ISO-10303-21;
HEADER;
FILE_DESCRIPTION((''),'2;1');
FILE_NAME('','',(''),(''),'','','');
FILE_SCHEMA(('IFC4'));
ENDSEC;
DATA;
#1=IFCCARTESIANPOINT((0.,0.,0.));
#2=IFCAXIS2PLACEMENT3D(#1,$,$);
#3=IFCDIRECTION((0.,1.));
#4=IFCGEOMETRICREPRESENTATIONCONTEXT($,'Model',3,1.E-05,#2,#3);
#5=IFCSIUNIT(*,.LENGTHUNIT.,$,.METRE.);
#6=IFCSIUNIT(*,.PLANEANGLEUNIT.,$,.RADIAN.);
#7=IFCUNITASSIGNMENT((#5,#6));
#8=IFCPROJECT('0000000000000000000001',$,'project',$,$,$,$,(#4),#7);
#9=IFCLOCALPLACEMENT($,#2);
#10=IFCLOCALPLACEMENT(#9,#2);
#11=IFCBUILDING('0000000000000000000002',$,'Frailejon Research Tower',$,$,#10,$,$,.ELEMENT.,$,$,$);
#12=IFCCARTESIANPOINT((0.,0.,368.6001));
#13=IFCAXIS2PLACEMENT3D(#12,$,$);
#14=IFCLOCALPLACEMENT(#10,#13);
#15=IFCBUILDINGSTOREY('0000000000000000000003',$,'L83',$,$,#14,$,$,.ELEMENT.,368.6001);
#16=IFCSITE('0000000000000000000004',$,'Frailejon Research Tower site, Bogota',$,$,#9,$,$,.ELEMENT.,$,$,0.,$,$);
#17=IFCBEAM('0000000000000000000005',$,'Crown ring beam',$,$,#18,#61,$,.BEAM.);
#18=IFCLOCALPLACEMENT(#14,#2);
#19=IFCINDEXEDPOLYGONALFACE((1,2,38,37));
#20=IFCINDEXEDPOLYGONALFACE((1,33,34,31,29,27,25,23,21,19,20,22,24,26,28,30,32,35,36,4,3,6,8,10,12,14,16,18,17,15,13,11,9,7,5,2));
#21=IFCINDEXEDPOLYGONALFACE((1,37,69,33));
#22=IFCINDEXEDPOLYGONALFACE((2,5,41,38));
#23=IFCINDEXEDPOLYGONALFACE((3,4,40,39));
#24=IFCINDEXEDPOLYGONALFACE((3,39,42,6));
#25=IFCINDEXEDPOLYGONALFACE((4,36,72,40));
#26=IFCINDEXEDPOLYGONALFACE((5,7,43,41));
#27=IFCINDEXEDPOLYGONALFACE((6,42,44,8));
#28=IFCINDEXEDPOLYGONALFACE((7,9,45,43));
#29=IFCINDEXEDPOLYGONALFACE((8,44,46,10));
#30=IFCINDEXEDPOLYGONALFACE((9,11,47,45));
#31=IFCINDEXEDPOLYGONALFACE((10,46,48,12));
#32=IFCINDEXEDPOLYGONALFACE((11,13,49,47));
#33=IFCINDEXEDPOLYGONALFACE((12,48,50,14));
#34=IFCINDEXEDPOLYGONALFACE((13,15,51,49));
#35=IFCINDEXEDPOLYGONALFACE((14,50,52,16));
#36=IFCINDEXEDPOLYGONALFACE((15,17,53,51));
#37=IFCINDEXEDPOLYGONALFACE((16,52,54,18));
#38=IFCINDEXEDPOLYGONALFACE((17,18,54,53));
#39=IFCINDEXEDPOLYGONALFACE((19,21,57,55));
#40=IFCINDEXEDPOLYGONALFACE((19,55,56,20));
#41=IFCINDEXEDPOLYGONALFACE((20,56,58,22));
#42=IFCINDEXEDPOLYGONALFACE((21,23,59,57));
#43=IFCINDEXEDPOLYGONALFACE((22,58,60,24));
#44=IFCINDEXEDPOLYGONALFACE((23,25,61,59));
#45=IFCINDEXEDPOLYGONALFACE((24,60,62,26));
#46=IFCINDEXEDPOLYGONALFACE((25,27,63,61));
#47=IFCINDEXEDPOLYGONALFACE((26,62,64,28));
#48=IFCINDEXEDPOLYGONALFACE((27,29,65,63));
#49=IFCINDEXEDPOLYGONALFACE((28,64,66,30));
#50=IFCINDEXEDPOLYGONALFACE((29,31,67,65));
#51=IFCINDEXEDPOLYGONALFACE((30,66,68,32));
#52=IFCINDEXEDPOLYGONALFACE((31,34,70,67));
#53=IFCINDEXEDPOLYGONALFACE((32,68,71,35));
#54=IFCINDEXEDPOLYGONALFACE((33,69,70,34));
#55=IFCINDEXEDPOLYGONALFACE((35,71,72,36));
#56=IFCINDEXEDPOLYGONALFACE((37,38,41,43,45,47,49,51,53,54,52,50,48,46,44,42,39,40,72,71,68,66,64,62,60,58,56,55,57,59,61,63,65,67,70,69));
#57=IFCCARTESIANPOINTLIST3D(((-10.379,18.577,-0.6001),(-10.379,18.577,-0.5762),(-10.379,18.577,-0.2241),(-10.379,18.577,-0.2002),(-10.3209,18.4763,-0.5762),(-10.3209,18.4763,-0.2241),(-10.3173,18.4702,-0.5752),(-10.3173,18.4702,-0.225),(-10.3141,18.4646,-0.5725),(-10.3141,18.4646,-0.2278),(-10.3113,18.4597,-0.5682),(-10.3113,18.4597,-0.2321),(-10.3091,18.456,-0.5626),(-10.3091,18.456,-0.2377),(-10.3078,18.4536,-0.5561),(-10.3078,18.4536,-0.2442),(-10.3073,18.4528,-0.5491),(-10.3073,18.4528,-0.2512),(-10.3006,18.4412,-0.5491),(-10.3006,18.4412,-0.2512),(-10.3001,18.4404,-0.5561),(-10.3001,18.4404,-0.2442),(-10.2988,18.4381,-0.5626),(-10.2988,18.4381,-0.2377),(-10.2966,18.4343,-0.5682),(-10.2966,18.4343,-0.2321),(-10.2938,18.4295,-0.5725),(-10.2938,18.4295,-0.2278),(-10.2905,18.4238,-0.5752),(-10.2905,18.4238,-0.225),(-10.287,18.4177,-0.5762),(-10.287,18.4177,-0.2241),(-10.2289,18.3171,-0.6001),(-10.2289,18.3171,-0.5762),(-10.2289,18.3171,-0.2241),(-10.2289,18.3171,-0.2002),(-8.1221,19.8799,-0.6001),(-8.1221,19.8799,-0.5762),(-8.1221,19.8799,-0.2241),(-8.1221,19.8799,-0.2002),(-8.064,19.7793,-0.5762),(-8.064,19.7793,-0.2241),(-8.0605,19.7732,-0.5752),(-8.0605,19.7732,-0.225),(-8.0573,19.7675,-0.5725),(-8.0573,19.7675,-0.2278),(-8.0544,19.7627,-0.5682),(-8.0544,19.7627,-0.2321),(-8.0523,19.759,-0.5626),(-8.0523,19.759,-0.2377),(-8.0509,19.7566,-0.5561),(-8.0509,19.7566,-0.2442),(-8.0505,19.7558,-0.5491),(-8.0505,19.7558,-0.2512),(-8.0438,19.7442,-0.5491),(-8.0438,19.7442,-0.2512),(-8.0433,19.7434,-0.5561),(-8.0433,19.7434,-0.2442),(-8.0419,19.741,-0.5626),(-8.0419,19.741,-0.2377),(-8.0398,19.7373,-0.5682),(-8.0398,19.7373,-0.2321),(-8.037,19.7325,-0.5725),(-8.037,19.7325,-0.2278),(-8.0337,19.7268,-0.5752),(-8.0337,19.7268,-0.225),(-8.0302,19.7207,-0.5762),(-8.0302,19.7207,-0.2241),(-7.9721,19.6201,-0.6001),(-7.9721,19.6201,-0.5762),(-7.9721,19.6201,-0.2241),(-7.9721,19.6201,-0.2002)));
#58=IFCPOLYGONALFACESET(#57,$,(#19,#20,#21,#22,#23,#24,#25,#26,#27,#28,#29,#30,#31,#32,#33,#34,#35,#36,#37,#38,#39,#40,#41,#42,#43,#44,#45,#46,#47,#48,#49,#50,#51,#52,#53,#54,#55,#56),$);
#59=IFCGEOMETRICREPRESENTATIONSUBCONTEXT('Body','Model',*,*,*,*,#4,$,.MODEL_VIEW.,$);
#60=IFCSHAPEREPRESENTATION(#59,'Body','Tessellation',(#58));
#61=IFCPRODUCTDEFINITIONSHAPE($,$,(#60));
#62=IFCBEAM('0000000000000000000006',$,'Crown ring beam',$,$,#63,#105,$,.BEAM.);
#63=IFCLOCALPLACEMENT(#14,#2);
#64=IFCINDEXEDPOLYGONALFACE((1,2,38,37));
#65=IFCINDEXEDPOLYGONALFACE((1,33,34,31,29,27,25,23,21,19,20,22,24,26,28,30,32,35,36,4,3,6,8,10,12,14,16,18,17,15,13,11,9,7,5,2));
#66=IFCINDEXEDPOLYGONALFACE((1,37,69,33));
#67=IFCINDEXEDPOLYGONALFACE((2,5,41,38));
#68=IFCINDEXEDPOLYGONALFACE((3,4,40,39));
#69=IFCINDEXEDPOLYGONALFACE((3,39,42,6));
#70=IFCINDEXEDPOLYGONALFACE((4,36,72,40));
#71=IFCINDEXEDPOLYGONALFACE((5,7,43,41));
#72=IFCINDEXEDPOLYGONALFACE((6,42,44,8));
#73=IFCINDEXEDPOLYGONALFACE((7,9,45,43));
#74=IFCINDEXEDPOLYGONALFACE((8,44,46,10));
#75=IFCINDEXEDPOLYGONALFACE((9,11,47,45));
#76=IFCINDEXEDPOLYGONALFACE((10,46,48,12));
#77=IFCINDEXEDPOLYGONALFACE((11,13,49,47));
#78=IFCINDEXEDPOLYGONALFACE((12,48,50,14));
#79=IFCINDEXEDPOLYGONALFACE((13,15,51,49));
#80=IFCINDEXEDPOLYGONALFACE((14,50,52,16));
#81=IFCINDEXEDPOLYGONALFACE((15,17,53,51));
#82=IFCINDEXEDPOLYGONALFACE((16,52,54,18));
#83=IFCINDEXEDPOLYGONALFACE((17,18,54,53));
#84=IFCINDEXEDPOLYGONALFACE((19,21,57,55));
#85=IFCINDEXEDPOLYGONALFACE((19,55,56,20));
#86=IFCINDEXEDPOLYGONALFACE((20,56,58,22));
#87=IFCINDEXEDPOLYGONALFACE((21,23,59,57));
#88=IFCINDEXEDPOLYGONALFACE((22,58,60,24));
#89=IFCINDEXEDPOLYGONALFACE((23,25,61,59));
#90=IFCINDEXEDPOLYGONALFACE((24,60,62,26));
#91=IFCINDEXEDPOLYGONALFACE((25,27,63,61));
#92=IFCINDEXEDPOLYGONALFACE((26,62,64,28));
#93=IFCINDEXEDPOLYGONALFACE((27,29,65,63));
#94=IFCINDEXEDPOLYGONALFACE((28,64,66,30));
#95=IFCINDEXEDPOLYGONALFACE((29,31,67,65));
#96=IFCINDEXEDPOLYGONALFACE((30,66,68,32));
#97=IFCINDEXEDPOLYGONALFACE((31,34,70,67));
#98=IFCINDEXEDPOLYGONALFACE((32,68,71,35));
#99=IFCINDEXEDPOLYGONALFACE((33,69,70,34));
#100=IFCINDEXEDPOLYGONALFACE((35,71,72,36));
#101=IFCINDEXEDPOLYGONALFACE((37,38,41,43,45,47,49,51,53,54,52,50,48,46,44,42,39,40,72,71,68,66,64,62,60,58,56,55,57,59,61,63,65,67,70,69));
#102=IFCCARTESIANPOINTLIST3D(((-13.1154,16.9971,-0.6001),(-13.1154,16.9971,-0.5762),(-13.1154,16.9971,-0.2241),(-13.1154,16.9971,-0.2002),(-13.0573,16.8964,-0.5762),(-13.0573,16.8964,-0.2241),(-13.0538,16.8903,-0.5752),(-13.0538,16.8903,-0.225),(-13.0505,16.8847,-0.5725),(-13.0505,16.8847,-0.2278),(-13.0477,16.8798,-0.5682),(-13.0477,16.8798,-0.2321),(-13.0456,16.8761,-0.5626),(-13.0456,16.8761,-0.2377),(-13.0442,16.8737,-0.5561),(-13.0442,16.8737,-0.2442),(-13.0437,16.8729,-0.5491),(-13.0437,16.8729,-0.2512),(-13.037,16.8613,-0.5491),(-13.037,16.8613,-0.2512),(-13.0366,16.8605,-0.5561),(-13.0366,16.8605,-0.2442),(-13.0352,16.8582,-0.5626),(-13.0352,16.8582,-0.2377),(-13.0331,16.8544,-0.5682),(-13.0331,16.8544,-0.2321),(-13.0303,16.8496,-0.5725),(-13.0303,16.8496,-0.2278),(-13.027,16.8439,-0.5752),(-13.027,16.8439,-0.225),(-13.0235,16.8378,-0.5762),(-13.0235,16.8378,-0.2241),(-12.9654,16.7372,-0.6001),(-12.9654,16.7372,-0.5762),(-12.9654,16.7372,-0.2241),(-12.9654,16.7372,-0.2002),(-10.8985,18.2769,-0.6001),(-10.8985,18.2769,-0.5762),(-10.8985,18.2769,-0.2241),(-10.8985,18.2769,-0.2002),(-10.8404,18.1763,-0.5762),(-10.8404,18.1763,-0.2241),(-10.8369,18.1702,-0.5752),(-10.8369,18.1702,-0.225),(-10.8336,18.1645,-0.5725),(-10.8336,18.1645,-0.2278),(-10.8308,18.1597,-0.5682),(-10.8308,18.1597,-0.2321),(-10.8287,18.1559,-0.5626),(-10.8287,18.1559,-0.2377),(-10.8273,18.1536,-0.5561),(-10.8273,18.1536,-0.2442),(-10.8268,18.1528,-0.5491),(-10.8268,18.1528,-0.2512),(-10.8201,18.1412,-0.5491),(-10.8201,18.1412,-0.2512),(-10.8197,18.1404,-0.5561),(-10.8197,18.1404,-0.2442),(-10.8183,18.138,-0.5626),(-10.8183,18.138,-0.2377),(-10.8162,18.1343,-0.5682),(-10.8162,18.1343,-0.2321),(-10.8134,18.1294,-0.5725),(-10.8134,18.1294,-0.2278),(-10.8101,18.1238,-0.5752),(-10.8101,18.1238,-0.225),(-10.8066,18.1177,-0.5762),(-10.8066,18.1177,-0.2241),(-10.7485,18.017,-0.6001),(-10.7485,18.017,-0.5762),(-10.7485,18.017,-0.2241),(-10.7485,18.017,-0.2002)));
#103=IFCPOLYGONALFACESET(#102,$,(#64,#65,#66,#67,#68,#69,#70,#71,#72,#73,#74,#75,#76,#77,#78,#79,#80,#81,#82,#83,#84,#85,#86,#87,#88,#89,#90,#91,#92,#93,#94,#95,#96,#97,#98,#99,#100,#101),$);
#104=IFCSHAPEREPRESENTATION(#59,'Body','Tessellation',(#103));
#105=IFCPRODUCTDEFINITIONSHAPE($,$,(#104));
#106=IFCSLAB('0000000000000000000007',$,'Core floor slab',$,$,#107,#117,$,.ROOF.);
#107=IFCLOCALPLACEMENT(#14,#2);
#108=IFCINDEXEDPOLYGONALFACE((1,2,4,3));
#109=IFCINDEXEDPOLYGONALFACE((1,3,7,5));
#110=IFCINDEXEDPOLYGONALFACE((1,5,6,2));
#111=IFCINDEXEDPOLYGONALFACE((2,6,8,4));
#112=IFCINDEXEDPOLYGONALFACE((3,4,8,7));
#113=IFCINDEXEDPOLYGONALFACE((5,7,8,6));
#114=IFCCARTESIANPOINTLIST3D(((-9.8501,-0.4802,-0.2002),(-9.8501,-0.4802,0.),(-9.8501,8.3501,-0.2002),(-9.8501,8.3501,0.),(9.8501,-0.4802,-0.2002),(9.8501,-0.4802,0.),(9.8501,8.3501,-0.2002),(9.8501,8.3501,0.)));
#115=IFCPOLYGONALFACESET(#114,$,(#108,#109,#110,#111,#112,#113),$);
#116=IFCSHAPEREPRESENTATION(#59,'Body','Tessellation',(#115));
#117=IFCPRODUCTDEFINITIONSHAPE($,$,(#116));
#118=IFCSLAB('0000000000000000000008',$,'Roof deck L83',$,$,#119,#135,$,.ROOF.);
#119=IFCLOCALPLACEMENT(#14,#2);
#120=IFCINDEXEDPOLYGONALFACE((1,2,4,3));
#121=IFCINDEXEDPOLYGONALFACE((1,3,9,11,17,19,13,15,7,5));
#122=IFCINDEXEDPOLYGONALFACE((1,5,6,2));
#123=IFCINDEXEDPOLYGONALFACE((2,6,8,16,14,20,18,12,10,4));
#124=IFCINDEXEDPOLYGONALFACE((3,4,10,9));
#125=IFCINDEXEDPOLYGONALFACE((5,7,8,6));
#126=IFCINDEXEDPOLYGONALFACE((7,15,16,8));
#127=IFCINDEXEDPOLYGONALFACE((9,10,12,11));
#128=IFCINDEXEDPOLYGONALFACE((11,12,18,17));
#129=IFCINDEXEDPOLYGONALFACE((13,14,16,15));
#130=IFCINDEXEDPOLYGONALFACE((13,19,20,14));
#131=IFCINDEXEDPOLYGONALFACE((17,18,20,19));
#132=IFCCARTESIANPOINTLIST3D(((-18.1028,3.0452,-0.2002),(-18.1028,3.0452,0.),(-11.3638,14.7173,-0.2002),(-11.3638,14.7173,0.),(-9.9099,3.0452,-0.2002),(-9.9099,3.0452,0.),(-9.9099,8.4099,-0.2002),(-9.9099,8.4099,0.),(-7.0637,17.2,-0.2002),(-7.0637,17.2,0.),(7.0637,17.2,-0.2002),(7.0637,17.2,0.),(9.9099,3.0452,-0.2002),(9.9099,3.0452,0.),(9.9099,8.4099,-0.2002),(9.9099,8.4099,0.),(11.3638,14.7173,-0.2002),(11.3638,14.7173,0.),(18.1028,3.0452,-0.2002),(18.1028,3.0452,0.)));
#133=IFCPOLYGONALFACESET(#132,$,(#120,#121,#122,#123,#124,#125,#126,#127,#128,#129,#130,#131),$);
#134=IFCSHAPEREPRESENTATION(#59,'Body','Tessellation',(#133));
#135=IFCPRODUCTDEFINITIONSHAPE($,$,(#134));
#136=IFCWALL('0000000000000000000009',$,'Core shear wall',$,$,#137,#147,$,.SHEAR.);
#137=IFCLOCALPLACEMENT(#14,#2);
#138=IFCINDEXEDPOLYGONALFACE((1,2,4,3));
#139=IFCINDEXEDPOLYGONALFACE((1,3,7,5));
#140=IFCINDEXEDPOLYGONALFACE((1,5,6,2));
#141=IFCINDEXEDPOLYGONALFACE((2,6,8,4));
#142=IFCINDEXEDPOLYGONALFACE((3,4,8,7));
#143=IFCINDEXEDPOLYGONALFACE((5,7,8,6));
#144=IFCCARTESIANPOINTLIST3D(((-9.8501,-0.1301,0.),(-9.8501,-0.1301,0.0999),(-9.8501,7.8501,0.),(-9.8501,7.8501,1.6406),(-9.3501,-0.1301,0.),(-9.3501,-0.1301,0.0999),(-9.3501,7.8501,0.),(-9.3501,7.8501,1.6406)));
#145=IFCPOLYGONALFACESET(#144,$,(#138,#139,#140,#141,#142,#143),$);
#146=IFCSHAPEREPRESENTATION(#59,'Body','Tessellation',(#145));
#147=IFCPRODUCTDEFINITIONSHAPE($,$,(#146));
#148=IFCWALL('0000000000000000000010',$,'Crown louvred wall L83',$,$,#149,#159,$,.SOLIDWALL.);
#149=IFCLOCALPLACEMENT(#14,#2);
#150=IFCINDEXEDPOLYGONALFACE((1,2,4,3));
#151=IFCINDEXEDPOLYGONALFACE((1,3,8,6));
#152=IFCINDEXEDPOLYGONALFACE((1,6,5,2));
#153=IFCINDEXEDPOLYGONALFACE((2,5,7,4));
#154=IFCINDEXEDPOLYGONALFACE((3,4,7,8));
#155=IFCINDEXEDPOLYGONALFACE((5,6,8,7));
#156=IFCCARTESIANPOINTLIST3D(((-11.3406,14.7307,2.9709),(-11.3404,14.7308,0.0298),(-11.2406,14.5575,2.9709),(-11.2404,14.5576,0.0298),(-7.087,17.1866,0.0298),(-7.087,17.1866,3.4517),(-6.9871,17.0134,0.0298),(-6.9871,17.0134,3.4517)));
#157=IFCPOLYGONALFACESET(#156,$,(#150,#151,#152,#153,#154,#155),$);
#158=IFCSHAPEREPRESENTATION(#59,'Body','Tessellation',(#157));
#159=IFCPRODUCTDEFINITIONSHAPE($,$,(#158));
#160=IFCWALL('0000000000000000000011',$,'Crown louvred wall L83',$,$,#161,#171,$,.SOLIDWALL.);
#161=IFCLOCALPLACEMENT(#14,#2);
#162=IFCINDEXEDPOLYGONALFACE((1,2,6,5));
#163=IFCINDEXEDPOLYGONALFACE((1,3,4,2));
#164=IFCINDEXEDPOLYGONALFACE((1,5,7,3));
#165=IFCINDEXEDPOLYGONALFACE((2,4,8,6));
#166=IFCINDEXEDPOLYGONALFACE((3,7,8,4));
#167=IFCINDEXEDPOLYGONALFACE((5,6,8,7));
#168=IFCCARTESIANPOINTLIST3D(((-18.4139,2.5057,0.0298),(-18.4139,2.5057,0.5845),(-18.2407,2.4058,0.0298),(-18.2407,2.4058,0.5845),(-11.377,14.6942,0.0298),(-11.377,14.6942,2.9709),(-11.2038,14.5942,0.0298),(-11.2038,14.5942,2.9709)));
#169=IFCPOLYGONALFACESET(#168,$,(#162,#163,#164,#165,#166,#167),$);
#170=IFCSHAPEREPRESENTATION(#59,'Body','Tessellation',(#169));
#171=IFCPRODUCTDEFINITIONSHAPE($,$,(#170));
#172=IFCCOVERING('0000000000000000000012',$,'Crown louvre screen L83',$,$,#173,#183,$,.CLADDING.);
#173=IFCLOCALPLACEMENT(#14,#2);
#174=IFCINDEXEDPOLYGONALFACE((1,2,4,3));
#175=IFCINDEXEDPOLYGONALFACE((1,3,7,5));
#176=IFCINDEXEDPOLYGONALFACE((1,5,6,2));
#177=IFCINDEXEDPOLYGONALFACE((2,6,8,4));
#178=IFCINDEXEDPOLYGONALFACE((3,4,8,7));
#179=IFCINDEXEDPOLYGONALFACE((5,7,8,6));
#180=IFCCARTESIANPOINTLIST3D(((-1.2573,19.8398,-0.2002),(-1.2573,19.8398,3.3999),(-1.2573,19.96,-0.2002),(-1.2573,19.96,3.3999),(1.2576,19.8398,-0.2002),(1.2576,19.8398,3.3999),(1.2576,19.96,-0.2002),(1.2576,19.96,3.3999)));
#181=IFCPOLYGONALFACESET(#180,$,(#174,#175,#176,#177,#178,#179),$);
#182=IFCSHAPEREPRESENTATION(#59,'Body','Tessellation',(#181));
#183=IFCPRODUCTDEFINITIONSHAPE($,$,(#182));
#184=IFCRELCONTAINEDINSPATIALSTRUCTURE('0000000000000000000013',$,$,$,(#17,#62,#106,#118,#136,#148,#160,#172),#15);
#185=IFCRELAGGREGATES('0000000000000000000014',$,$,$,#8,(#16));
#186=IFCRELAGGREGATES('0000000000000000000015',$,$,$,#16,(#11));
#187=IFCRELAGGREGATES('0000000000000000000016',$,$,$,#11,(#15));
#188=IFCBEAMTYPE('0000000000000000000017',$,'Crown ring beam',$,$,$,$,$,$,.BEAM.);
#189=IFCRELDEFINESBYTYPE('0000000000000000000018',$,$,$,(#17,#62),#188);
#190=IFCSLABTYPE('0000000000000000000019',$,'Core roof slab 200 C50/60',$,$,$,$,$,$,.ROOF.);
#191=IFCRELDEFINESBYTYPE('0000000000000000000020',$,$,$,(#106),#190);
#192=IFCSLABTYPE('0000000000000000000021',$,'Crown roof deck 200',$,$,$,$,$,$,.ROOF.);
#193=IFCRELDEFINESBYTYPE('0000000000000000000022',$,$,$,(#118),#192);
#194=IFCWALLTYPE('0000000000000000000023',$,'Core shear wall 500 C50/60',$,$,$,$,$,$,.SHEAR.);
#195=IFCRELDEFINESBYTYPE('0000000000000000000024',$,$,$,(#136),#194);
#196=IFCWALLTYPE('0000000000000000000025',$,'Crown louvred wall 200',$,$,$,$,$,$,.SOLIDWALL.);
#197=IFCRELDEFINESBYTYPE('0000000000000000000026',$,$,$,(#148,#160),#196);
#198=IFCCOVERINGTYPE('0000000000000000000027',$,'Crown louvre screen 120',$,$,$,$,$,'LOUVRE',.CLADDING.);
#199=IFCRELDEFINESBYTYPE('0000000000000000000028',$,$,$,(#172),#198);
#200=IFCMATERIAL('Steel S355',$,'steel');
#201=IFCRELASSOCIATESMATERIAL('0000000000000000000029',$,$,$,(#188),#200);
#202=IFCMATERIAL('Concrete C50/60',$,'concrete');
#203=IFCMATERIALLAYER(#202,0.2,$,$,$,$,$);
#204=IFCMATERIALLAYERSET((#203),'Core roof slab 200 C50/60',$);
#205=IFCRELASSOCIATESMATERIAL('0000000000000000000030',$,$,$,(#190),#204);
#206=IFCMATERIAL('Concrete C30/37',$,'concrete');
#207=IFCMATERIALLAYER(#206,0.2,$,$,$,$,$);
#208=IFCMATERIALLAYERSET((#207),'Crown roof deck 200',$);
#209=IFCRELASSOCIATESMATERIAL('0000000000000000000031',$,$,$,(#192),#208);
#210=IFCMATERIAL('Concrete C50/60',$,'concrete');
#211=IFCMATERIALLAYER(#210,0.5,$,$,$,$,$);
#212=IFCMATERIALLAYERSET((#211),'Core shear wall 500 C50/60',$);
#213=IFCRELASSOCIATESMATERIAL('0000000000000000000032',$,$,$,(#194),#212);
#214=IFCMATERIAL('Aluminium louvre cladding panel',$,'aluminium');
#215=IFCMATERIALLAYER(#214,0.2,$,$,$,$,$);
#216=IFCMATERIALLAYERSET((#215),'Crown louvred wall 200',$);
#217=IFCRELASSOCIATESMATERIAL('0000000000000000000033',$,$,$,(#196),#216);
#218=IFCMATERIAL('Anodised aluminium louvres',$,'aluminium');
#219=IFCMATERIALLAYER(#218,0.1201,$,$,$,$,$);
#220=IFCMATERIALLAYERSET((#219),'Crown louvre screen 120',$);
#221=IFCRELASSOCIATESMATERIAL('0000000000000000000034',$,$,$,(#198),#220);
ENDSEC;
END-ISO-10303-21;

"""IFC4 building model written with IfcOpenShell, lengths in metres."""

from ifc_helpers import new_model, si_unit, direction, frame, origin, origin_2d, place, context, subcontext, project, spatial, polyline, i_section, outline, extrude, material, layer, layer_set, material_profile, profile_set, type_object, element, save


model = new_model("IFC4")

# Units and contexts
model_context = context("Model", 3, precision=1e-05, world=origin(), true_north=direction((0.0, 1.0)))
body_context = subcontext(model_context, "Body", "Model", "MODEL_VIEW")
ifc_project = project(units=[si_unit("LENGTHUNIT", "METRE"), si_unit("PLANEANGLEUNIT", "RADIAN")], contexts=[model_context])

# Site, building, storey
site_placement = place(None, origin())
site = spatial("IfcSite", under=ifc_project, at=site_placement, Name="Frailejon Research Tower site, Bogota", CompositionType="ELEMENT", RefElevation=0.0)
building_placement = place(site_placement, origin())
building = spatial("IfcBuilding", under=site, at=building_placement, Name="Frailejon Research Tower", CompositionType="ELEMENT")
storey_placement = place(building_placement, frame((0.0, 0.0, 368.6001)))
storey = spatial("IfcBuildingStorey", under=building, at=storey_placement, Name="L83", CompositionType="ELEMENT", Elevation=368.6001)

# Beams
ifc_material_1 = material(Name="Steel S355", Category="steel")
ifc_material_profile_1 = material_profile(ifc_material_1, i_section(OverallWidth=0.3, OverallDepth=0.3999, WebThickness=0.0134, FlangeThickness=0.0239, FilletRadius=0.0271, at=origin_2d()), Name="HE 400 B")
ifc_profile_set_1 = profile_set([ifc_material_profile_1], Name="Steel S355")
beam_type_1 = type_object("IfcBeamType", Name="Crown ring beam", PredefinedType="BEAM", material=ifc_profile_set_1)
beam_1_placement = place(storey_placement, frame((-8.0471, 19.75, -0.4001), z_axis=(-0.866026, -0.499998, 0.0), x_axis=(0.499998, -0.866026, 0.0)))
element("IfcBeam", 1, at=beam_1_placement, inside=storey, type_object=beam_type_1, Name="Crown ring beam", PredefinedType="BEAM", context=body_context, shape_type="SweptSolid", body=[
    extrude(i_section(OverallWidth=0.3, OverallDepth=0.3999, WebThickness=0.0134, FlangeThickness=0.0239, FilletRadius=0.0271, at=origin_2d()), origin(), (0.0, 0.0, 1.0), 2.606),
])
beam_2_placement = place(storey_placement, frame((-10.8235, 18.147, -0.4001), z_axis=(-0.866039, -0.499976, 0.0), x_axis=(0.499976, -0.866039, 0.0)))
element("IfcBeam", 2, at=beam_2_placement, inside=storey, type_object=beam_type_1, Name="Crown ring beam", PredefinedType="BEAM", context=body_context, shape_type="SweptSolid", body=[
    extrude(i_section(OverallWidth=0.3, OverallDepth=0.3999, WebThickness=0.0134, FlangeThickness=0.0239, FilletRadius=0.0271, at=origin_2d()), origin(), (0.0, 0.0, 1.0), 2.5598),
])

# Slabs
ifc_material_2 = material(Name="Concrete C50/60", Category="concrete")
ifc_layer_1 = layer(ifc_material_2, 0.2)
ifc_layer_set_1 = layer_set([ifc_layer_1], Name="Core roof slab 200 C50/60")
slab_type_1 = type_object("IfcSlabType", Name="Core roof slab 200 C50/60", PredefinedType="ROOF", material=ifc_layer_set_1)
slab_1_placement = place(storey_placement, frame((0.0, 0.0, -0.2002)))
element("IfcSlab", 3, at=slab_1_placement, inside=storey, type_object=slab_type_1, Name="Core floor slab", PredefinedType="ROOF", context=body_context, shape_type="SweptSolid", body=[
    extrude(outline(polyline([(-9.8501, 8.3501), (9.8501, 8.3501), (9.8501, -0.4802), (-9.8501, -0.4802), (-9.8501, 8.3501)])), origin(), (0.0, 0.0, 1.0), 0.2002),
])
ifc_material_3 = material(Name="Concrete C30/37", Category="concrete")
ifc_layer_2 = layer(ifc_material_3, 0.2)
ifc_layer_set_2 = layer_set([ifc_layer_2], Name="Crown roof deck 200")
slab_type_2 = type_object("IfcSlabType", Name="Crown roof deck 200", PredefinedType="ROOF", material=ifc_layer_set_2)
slab_2_placement = place(storey_placement, frame((0.0, 0.0, -0.2002)))
element("IfcSlab", 4, at=slab_2_placement, inside=storey, type_object=slab_type_2, Name="Roof deck L83", PredefinedType="ROOF", context=body_context, shape_type="SweptSolid", body=[
    extrude(outline(polyline([(-7.0637, 17.2), (-11.3638, 14.7173), (-18.1028, 3.0452), (-9.9099, 3.0452), (-9.9099, 8.4099), (9.9099, 8.4099), (9.9099, 3.0452), (18.1028, 3.0452), (11.3638, 14.7173), (7.0637, 17.2), (-7.0637, 17.2)])), origin(), (0.0, 0.0, 1.0), 0.2002),
])

# Walls
ifc_material_4 = material(Name="Concrete C50/60", Category="concrete")
ifc_layer_3 = layer(ifc_material_4, 0.5)
ifc_layer_set_3 = layer_set([ifc_layer_3], Name="Core shear wall 500 C50/60")
wall_type_1 = type_object("IfcWallType", Name="Core shear wall 500 C50/60", PredefinedType="SHEAR", material=ifc_layer_set_3)
wall_1_placement = place(storey_placement, frame((-9.6001, 7.8501, 0.0), z_axis=(0.0, 0.0, 1.0), x_axis=(0.0, -1.0, 0.0)))
element("IfcWall", 5, at=wall_1_placement, inside=storey, type_object=wall_type_1, Name="Core shear wall", PredefinedType="SHEAR", context=body_context, shape_type="SweptSolid", body=[
    extrude(outline(polyline([(0.0, 0.0), (7.9802, 0.0), (7.9802, 0.0999), (0.0, 1.6406), (0.0, 0.0)])), frame((0.0, 0.25, 0.0), z_axis=(0.0, -1.0, 0.0), x_axis=(1.0, 0.0, 0.0)), (0.0, 0.0, 1.0), 0.5),
])
ifc_material_5 = material(Name="Aluminium louvre cladding panel", Category="aluminium")
ifc_layer_4 = layer(ifc_material_5, 0.2)
ifc_layer_set_4 = layer_set([ifc_layer_4], Name="Crown louvred wall 200")
wall_type_2 = type_object("IfcWallType", Name="Crown louvred wall 200", PredefinedType="SOLIDWALL", material=ifc_layer_set_4)
wall_2_placement = place(storey_placement, frame((-7.0371, 17.1001, 0.0298), z_axis=(0.0, 0.0, 1.0), x_axis=(-0.866017, -0.500015, 0.0)))
element("IfcWall", 6, at=wall_2_placement, inside=storey, type_object=wall_type_2, Name="Crown louvred wall L83", PredefinedType="SOLIDWALL", context=body_context, shape_type="SweptSolid", body=[
    extrude(outline(polyline([(0.0, 0.0), (4.9114, 0.0), (4.9116, 2.9412), (0.0, 3.4219), (0.0, 0.0)])), frame((0.0, 0.1001, 0.0), z_axis=(0.0, -1.0, 0.0), x_axis=(1.0, 0.0, 0.0)), (0.0, 0.0, 1.0), 0.2),
])
wall_3_placement = place(storey_placement, frame((-11.2905, 14.6443, 0.0298), z_axis=(0.0, 0.0, 1.0), x_axis=(-0.499992, -0.86603, 0.0)))
element("IfcWall", 7, at=wall_3_placement, inside=storey, type_object=wall_type_2, Name="Crown louvred wall L83", PredefinedType="SOLIDWALL", context=body_context, shape_type="SweptSolid", body=[
    extrude(outline(polyline([(0.0, 0.0), (14.074, 0.0), (14.074, 0.5547), (0.0, 2.9412), (0.0, 0.0)])), frame((0.0, 0.1001, 0.0), z_axis=(0.0, -1.0, 0.0), x_axis=(1.0, 0.0, 0.0)), (0.0, 0.0, 1.0), 0.2),
])

# Covering
ifc_material_6 = material(Name="Anodised aluminium louvres", Category="aluminium")
ifc_layer_5 = layer(ifc_material_6, 0.1201)
ifc_layer_set_5 = layer_set([ifc_layer_5], Name="Crown louvre screen 120")
covering_type = type_object("IfcCoveringType", Name="Crown louvre screen 120", ElementType="LOUVRE", PredefinedType="CLADDING", material=ifc_layer_set_5)
for number, where, z_axis, x_axis, name in (
    (8, (-1.2573, 19.8999, -0.2002), (1.0, 0.0, 0.0), (0.0, 1.0, 0.0), "Crown louvre screen L83"),
):
    element("IfcCovering", number, at=place(storey_placement, frame(where, z_axis=z_axis, x_axis=x_axis)), inside=storey, type_object=covering_type, Name=name, PredefinedType="CLADDING", context=body_context, shape_type="SweptSolid", body=[
        extrude(outline(polyline([(-0.0601, 0.0), (0.0601, 0.0), (0.0601, 3.6001), (-0.0601, 3.6001), (-0.0601, 0.0)])), origin(), (0.0, 0.0, 1.0), 2.5149),
    ])

save(model, "model.ifc")
